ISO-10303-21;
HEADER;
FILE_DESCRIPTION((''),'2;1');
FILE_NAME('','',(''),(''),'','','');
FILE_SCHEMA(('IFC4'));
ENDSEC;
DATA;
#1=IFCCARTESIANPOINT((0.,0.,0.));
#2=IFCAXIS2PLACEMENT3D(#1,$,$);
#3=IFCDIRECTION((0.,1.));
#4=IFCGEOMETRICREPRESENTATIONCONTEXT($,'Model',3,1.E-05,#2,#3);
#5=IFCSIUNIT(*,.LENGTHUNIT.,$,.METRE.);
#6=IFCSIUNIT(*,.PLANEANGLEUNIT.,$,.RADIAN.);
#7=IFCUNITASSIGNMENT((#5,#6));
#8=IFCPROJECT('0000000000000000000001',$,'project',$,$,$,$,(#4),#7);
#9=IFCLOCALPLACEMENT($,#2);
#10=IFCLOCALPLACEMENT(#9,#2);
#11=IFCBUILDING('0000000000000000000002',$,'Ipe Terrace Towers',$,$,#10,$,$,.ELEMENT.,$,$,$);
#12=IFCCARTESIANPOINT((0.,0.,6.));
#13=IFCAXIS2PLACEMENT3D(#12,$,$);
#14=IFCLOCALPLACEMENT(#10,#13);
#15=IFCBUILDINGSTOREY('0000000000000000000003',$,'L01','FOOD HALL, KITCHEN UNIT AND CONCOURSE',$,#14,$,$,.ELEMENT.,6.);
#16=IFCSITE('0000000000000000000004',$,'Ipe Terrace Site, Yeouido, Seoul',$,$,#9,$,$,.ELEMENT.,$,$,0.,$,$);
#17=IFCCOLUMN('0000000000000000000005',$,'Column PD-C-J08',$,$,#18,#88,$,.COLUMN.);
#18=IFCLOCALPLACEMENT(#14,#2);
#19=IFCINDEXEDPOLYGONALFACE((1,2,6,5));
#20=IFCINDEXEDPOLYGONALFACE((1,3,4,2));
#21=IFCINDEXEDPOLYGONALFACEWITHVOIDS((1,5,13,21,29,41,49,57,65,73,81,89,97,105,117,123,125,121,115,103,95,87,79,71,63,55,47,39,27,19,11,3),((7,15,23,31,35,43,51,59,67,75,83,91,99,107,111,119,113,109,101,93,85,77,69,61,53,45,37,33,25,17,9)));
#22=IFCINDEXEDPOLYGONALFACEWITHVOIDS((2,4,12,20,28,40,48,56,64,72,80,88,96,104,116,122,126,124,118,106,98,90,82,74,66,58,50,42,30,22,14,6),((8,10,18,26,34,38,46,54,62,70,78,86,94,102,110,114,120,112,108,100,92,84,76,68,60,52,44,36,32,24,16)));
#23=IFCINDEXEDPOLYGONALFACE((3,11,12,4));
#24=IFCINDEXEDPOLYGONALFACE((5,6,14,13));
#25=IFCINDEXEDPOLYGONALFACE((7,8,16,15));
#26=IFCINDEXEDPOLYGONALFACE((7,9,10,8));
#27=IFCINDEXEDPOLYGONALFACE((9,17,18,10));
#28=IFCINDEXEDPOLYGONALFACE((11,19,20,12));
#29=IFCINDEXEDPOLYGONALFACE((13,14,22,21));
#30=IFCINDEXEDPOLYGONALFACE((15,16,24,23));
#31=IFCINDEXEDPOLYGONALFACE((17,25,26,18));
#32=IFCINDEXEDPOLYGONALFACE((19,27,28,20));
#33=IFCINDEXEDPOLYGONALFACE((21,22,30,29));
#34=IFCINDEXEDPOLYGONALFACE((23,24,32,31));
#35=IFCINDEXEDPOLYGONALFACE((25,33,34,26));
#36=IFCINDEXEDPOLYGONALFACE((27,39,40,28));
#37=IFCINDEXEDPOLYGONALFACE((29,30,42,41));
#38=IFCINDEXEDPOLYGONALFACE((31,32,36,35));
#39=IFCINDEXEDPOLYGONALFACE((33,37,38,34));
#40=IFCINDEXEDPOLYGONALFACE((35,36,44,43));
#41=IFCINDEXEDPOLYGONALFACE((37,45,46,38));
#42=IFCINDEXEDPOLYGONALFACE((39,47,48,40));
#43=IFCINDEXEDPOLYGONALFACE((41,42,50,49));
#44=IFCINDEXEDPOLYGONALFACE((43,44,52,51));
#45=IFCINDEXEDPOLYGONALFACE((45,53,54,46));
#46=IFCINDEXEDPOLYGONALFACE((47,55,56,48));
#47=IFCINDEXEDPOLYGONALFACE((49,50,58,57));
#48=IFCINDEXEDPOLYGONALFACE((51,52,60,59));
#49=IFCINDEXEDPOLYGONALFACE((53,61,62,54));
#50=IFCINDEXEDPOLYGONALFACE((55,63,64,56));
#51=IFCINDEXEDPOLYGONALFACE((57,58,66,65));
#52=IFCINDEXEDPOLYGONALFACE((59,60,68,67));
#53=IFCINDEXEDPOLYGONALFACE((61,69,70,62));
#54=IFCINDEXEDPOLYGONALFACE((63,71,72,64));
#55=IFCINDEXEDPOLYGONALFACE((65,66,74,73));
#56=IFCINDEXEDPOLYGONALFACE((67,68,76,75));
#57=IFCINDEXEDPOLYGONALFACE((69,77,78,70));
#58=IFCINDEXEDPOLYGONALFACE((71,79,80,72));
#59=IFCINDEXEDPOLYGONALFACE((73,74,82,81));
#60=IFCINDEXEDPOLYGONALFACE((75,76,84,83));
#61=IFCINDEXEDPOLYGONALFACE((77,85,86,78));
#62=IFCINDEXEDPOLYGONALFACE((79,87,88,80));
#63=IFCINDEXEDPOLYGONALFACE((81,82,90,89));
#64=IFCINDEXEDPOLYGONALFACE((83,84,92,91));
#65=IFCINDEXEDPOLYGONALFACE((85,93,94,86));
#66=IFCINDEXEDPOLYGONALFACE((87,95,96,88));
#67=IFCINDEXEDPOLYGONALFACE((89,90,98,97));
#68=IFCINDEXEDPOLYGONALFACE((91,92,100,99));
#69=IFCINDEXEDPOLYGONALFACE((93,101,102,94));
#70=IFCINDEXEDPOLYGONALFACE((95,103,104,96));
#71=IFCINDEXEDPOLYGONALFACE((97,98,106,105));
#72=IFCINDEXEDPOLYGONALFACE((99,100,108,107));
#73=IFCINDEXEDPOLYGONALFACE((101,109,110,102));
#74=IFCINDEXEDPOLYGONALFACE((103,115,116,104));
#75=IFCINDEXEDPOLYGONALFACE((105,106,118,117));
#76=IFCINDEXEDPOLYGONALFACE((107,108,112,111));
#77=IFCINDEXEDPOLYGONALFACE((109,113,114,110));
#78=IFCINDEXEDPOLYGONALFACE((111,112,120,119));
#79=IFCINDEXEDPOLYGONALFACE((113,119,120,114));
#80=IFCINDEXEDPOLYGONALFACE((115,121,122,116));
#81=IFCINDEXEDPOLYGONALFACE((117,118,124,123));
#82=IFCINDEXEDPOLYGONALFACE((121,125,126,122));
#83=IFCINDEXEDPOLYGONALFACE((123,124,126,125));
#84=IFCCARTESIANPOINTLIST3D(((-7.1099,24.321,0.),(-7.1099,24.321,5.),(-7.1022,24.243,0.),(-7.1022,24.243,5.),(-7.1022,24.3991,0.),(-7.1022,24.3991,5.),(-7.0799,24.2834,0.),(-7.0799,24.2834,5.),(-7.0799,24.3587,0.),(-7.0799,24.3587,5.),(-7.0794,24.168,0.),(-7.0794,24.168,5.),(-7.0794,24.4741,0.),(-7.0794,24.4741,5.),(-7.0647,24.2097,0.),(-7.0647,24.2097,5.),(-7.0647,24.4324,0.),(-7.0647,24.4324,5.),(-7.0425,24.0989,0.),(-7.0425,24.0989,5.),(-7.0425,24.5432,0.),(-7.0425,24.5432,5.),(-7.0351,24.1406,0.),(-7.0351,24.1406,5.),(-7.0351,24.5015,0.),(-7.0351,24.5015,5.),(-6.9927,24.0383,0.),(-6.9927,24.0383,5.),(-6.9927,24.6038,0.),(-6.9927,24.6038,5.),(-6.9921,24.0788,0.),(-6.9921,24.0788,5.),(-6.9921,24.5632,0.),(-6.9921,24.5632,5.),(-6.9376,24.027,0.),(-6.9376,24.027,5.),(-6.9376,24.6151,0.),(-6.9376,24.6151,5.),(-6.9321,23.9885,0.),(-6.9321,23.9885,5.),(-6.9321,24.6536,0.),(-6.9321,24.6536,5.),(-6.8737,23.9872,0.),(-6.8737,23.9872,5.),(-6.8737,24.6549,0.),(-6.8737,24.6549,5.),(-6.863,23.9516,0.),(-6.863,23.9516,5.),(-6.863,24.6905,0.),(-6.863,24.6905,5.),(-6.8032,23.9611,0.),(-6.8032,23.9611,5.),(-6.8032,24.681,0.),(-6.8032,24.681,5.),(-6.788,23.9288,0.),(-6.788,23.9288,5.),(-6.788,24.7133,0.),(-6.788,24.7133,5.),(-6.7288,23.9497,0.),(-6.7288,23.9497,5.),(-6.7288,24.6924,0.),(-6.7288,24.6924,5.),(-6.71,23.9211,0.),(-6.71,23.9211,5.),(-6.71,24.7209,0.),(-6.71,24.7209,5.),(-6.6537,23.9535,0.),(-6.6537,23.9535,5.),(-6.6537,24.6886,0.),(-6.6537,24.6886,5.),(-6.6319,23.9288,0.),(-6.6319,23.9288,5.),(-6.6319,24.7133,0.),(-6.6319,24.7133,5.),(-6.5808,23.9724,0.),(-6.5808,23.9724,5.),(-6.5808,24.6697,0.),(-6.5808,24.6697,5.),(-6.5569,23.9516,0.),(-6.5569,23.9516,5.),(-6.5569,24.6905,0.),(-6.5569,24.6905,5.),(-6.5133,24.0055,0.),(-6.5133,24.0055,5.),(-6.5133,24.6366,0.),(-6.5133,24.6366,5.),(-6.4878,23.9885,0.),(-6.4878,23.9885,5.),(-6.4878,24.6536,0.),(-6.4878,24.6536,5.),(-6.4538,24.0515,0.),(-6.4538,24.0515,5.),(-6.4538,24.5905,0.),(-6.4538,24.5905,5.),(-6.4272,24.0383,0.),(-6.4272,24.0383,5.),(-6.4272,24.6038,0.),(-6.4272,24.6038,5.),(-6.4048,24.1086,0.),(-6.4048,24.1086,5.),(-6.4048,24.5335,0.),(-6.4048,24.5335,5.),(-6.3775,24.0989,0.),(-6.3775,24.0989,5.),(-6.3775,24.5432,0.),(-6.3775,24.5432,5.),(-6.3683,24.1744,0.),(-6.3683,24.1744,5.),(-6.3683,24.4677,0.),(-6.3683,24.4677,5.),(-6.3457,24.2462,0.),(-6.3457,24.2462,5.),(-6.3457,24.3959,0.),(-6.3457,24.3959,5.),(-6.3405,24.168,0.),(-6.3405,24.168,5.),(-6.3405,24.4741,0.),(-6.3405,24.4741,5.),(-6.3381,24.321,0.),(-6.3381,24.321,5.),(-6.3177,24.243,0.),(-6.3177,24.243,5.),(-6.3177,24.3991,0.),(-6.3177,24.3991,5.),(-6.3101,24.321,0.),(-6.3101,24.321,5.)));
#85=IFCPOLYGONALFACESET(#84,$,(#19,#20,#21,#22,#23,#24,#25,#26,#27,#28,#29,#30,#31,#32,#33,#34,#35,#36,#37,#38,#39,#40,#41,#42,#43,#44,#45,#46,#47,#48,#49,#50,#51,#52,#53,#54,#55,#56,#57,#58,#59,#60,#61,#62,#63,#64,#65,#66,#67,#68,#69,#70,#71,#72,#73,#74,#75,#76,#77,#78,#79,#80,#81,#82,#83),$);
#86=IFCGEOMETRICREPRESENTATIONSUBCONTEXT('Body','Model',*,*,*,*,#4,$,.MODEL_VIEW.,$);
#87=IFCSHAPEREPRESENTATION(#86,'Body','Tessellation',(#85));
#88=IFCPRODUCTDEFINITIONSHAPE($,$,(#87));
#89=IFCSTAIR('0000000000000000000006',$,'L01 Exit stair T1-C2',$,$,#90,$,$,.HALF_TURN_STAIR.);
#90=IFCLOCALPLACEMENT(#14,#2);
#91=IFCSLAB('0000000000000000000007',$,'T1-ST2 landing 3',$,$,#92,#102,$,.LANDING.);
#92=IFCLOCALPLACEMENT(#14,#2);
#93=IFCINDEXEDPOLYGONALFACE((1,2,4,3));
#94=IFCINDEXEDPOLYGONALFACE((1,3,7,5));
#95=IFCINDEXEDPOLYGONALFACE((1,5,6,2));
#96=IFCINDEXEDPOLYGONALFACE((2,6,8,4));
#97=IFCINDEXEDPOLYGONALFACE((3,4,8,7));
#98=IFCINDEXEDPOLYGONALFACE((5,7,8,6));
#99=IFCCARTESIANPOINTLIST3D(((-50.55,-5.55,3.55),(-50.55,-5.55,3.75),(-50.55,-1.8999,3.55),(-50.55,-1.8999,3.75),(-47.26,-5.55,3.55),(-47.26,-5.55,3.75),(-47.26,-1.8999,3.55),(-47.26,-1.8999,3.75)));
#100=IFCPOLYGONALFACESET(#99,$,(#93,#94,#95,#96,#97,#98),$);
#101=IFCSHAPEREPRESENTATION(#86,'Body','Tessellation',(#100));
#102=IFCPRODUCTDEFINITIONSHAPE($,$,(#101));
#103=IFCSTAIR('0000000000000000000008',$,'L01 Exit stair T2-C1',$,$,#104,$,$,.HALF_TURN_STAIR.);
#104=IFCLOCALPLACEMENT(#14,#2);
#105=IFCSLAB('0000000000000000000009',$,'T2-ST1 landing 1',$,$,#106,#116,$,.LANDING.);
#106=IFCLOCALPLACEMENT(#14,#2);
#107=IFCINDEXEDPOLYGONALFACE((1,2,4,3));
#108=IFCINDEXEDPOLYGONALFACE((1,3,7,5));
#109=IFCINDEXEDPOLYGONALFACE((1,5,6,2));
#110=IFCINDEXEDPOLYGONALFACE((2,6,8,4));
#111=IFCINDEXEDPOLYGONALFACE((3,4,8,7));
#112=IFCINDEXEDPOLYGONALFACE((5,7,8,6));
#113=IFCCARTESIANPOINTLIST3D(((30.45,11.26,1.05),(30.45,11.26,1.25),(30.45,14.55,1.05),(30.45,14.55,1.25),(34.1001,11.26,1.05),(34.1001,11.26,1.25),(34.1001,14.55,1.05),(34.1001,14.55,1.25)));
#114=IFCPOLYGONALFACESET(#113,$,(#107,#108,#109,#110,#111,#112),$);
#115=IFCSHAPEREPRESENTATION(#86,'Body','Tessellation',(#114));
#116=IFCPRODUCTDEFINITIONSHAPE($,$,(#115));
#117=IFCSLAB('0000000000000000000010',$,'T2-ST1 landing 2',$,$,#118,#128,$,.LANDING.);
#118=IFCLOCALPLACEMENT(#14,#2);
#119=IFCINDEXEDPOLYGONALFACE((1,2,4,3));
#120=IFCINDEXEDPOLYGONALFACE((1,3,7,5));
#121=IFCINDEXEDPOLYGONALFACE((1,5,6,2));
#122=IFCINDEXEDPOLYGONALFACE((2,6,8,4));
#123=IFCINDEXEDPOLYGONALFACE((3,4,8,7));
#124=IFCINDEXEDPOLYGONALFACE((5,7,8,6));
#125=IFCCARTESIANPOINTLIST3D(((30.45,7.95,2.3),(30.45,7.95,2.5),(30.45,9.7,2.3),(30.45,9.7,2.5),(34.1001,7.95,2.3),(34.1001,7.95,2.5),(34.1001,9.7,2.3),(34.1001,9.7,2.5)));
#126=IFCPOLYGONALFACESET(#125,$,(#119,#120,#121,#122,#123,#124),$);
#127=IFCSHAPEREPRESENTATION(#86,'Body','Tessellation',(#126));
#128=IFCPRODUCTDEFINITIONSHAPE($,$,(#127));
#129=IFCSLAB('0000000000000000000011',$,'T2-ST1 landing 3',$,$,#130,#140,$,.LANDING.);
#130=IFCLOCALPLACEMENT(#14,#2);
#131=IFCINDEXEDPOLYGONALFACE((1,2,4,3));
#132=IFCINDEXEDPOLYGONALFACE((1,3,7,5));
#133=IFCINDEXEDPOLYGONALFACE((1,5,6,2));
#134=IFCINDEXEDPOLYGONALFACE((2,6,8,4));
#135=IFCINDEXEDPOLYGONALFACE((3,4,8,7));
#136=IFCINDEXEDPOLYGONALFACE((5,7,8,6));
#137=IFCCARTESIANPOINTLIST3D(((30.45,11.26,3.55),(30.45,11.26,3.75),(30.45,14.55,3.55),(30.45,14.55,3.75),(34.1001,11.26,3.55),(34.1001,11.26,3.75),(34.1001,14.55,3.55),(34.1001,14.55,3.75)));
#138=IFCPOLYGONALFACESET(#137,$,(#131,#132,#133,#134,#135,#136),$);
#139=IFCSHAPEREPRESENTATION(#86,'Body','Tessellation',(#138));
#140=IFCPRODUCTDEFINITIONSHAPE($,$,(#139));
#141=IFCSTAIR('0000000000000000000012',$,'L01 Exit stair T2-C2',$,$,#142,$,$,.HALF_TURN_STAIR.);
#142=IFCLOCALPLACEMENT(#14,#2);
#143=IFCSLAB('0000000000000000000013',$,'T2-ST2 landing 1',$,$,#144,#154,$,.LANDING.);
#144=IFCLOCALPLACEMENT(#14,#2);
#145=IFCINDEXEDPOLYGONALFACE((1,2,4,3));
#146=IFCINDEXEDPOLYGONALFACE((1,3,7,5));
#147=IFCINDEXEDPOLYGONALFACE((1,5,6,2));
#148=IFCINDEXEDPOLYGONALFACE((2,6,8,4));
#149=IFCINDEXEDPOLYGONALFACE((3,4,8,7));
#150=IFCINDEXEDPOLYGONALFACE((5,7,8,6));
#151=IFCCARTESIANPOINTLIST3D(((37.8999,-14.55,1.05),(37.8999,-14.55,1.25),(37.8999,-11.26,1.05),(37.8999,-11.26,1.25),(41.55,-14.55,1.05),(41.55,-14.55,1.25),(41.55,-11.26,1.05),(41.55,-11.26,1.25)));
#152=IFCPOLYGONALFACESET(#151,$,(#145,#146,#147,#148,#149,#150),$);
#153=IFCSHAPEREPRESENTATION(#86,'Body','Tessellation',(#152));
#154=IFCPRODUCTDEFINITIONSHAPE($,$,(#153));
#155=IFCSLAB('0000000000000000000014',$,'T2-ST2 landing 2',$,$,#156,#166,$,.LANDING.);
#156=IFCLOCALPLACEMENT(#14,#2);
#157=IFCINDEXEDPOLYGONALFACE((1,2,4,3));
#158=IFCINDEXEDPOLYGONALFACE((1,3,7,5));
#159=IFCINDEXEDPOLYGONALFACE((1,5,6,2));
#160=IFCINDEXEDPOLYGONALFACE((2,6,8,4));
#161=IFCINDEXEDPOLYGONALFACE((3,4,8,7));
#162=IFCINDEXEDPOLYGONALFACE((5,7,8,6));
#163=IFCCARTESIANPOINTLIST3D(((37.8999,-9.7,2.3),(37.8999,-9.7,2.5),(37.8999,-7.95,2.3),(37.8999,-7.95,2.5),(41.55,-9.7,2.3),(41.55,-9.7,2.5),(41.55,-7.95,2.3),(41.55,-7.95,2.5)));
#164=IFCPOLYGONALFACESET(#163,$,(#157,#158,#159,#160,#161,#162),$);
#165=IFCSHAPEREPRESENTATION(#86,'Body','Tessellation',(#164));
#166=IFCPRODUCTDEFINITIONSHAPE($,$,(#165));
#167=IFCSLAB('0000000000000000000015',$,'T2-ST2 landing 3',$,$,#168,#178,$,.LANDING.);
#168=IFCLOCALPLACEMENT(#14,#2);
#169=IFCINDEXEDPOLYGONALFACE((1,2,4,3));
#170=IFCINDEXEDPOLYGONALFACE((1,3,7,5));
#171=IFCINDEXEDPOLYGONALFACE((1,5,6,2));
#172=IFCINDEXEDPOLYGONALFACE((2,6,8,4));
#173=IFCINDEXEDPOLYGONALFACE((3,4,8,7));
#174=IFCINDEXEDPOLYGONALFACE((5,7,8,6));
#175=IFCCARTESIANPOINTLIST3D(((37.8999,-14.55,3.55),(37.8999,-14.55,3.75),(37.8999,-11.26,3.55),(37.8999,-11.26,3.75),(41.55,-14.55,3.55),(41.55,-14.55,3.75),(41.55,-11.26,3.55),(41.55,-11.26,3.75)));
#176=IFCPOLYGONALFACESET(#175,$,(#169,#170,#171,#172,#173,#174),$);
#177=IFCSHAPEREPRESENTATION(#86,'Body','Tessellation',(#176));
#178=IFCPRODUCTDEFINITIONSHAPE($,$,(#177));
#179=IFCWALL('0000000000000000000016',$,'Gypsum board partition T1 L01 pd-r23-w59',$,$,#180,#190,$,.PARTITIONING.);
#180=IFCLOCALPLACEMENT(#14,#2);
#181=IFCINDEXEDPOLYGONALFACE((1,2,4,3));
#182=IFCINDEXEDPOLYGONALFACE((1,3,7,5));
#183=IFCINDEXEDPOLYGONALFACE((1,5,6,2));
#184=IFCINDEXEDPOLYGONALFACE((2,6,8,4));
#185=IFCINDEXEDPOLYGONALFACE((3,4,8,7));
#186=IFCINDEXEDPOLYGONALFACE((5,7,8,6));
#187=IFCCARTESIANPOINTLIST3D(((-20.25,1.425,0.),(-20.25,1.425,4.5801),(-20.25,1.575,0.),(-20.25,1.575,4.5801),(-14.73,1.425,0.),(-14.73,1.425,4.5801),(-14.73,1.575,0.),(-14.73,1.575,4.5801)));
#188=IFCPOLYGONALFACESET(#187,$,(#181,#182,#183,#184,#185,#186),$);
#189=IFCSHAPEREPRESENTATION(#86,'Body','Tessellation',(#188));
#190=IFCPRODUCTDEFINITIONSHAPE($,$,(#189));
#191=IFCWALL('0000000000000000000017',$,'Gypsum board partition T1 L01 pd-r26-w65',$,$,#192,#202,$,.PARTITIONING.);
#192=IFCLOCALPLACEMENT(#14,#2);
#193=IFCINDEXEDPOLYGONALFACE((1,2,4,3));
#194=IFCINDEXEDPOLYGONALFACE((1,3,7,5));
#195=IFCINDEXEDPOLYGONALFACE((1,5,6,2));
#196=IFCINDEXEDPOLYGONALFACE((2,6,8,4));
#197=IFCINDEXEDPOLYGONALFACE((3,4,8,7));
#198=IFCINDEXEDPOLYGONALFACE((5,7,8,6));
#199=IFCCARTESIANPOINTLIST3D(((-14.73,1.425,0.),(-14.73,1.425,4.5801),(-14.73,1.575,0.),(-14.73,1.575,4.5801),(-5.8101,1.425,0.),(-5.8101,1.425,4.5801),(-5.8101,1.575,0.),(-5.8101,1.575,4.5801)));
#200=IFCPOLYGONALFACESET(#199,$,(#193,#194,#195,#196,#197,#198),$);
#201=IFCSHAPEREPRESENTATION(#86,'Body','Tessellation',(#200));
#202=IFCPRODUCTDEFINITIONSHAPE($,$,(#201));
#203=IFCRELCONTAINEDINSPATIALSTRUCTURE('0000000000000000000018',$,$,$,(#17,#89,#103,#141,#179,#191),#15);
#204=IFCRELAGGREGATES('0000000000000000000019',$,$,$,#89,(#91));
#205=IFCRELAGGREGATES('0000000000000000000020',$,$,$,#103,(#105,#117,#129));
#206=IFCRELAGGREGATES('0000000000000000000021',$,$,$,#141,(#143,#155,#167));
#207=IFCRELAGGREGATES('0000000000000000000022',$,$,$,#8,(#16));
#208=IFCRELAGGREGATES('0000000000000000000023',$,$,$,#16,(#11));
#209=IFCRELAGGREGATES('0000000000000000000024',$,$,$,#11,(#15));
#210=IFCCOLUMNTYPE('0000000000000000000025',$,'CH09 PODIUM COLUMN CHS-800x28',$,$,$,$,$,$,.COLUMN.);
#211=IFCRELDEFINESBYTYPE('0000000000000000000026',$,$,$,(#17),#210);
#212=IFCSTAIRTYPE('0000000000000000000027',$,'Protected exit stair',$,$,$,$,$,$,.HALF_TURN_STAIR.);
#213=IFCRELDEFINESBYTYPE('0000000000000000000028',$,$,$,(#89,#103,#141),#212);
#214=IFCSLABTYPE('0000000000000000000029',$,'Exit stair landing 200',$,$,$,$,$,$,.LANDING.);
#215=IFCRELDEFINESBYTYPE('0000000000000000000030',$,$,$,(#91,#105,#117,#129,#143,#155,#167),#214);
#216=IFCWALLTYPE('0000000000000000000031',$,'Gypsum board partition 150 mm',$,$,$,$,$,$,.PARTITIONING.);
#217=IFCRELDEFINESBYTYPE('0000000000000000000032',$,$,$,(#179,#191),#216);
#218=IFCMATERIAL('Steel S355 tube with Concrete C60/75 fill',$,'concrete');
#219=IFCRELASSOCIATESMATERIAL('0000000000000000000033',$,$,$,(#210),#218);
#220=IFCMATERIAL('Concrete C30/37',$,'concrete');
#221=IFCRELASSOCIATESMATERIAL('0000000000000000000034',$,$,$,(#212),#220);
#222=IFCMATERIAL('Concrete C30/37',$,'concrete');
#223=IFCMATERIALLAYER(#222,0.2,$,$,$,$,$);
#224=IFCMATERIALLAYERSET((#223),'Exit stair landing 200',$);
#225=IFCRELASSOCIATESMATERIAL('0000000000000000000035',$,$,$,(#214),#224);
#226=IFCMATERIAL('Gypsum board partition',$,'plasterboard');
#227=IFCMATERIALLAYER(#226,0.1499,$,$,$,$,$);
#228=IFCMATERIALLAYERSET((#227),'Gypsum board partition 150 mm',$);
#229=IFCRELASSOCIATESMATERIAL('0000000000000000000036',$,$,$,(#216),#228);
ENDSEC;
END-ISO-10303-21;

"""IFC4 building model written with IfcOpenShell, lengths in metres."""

from ifc_helpers import new_model, si_unit, direction, frame, frame_2d, origin, origin_2d, place, context, subcontext, project, spatial, polyline, rectangle, hollow_circle, outline, extrude, material, layer, layer_set, material_profile, profile_set, type_object, element, aggregate, save


model = new_model("IFC4")

# Units and contexts
model_context = context("Model", 3, precision=1e-05, world=origin(), true_north=direction((0.0, 1.0)))
body_context = subcontext(model_context, "Body", "Model", "MODEL_VIEW")
ifc_project = project(units=[si_unit("LENGTHUNIT", "METRE"), si_unit("PLANEANGLEUNIT", "RADIAN")], contexts=[model_context])

# Site, building, storey
site_placement = place(None, origin())
site = spatial("IfcSite", under=ifc_project, at=site_placement, Name="Ipe Terrace Site, Yeouido, Seoul", CompositionType="ELEMENT", RefElevation=0.0)
building_placement = place(site_placement, origin())
building = spatial("IfcBuilding", under=site, at=building_placement, Name="Ipe Terrace Towers", CompositionType="ELEMENT")
storey_placement = place(building_placement, frame((0.0, 0.0, 6.0)))
storey = spatial("IfcBuildingStorey", under=building, at=storey_placement, Name="L01", Description="FOOD HALL, KITCHEN UNIT AND CONCOURSE", CompositionType="ELEMENT", Elevation=6.0)

# Column
ifc_material_1 = material(Name="Steel S355 tube with Concrete C60/75 fill", Category="concrete")
ifc_material_profile_1 = material_profile(ifc_material_1, hollow_circle(Radius=0.3999, WallThickness=0.0281, at=origin_2d()), Name="CHS-800x28")
ifc_profile_set_1 = profile_set([ifc_material_profile_1], Name="Steel S355 tube with Concrete C60/75 fill")
column_type_1 = type_object("IfcColumnType", Name="CH09 PODIUM COLUMN CHS-800x28", PredefinedType="COLUMN", material=ifc_profile_set_1)
for number, where, z_axis, x_axis, name in (
    (1, (-6.71, 24.321, 0.0), (0.0, 0.0, 1.0), (1.0, 0.0, 0.0), "Column PD-C-J08"),
):
    element("IfcColumn", number, at=place(storey_placement, frame(where, z_axis=z_axis, x_axis=x_axis)), inside=storey, type_object=column_type_1, Name=name, PredefinedType="COLUMN", context=body_context, shape_type="SweptSolid", body=[
        extrude(hollow_circle(Radius=0.3999, WallThickness=0.0281, at=origin_2d()), origin(), (0.0, 0.0, 1.0), 5.0),
    ])

# Stair, slab
ifc_material_2 = material(Name="Concrete C30/37", Category="concrete")
stair_type = type_object("IfcStairType", Name="Protected exit stair", PredefinedType="HALF_TURN_STAIR", material=ifc_material_2)
stair_1_placement = place(storey_placement, origin())
stair_1 = element("IfcStair", 2, at=stair_1_placement, inside=storey, type_object=stair_type, Name="L01 Exit stair T1-C2", PredefinedType="HALF_TURN_STAIR")
ifc_material_3 = material(Name="Concrete C30/37", Category="concrete")
ifc_layer_1 = layer(ifc_material_3, 0.2)
ifc_layer_set_1 = layer_set([ifc_layer_1], Name="Exit stair landing 200")
slab_type = type_object("IfcSlabType", Name="Exit stair landing 200", PredefinedType="LANDING", material=ifc_layer_set_1)
slab_1_placement = place(storey_placement, frame((0.0, 0.0, 3.55)))
slab_1 = element("IfcSlab", 3, at=slab_1_placement, type_object=slab_type, Name="T1-ST2 landing 3", PredefinedType="LANDING", context=body_context, shape_type="SweptSolid", body=[
    extrude(outline(polyline([(-47.26, -1.8999), (-50.55, -1.8999), (-50.55, -5.55), (-47.26, -5.55), (-47.26, -1.8999)])), origin(), (0.0, 0.0, 1.0), 0.2),
])
aggregate(stair_1, [slab_1])

# Stairs, slabs
stair_2_placement = place(storey_placement, origin())
stair_2 = element("IfcStair", 4, at=stair_2_placement, inside=storey, type_object=stair_type, Name="L01 Exit stair T2-C1", PredefinedType="HALF_TURN_STAIR")
slab_2_placement = place(storey_placement, frame((0.0, 0.0, 1.05)))
slab_2 = element("IfcSlab", 5, at=slab_2_placement, type_object=slab_type, Name="T2-ST1 landing 1", PredefinedType="LANDING", context=body_context, shape_type="SweptSolid", body=[
    extrude(outline(polyline([(34.1001, 11.26), (34.1001, 14.55), (30.45, 14.55), (30.45, 11.26), (34.1001, 11.26)])), origin(), (0.0, 0.0, 1.0), 0.2),
])
slab_3_placement = place(storey_placement, frame((0.0, 0.0, 2.3)))
slab_3 = element("IfcSlab", 6, at=slab_3_placement, type_object=slab_type, Name="T2-ST1 landing 2", PredefinedType="LANDING", context=body_context, shape_type="SweptSolid", body=[
    extrude(outline(polyline([(34.1001, 7.95), (34.1001, 9.7), (30.45, 9.7), (30.45, 7.95), (34.1001, 7.95)])), origin(), (0.0, 0.0, 1.0), 0.2),
])
slab_4_placement = place(storey_placement, frame((0.0, 0.0, 3.55)))
slab_4 = element("IfcSlab", 7, at=slab_4_placement, type_object=slab_type, Name="T2-ST1 landing 3", PredefinedType="LANDING", context=body_context, shape_type="SweptSolid", body=[
    extrude(outline(polyline([(34.1001, 11.26), (34.1001, 14.55), (30.45, 14.55), (30.45, 11.26), (34.1001, 11.26)])), origin(), (0.0, 0.0, 1.0), 0.2),
])
aggregate(stair_2, [slab_2, slab_3, slab_4])
stair_3_placement = place(storey_placement, origin())
stair_3 = element("IfcStair", 8, at=stair_3_placement, inside=storey, type_object=stair_type, Name="L01 Exit stair T2-C2", PredefinedType="HALF_TURN_STAIR")
slab_5_placement = place(storey_placement, frame((0.0, 0.0, 1.05)))
slab_5 = element("IfcSlab", 9, at=slab_5_placement, type_object=slab_type, Name="T2-ST2 landing 1", PredefinedType="LANDING", context=body_context, shape_type="SweptSolid", body=[
    extrude(outline(polyline([(37.8999, -11.26), (37.8999, -14.55), (41.55, -14.55), (41.55, -11.26), (37.8999, -11.26)])), origin(), (0.0, 0.0, 1.0), 0.2),
])
slab_6_placement = place(storey_placement, frame((0.0, 0.0, 2.3)))
slab_6 = element("IfcSlab", 10, at=slab_6_placement, type_object=slab_type, Name="T2-ST2 landing 2", PredefinedType="LANDING", context=body_context, shape_type="SweptSolid", body=[
    extrude(outline(polyline([(37.8999, -7.95), (37.8999, -9.7), (41.55, -9.7), (41.55, -7.95), (37.8999, -7.95)])), origin(), (0.0, 0.0, 1.0), 0.2),
])
slab_7_placement = place(storey_placement, frame((0.0, 0.0, 3.55)))
slab_7 = element("IfcSlab", 11, at=slab_7_placement, type_object=slab_type, Name="T2-ST2 landing 3", PredefinedType="LANDING", context=body_context, shape_type="SweptSolid", body=[
    extrude(outline(polyline([(37.8999, -11.26), (37.8999, -14.55), (41.55, -14.55), (41.55, -11.26), (37.8999, -11.26)])), origin(), (0.0, 0.0, 1.0), 0.2),
])
aggregate(stair_3, [slab_5, slab_6, slab_7])

# Walls
ifc_material_4 = material(Name="Gypsum board partition", Category="plasterboard")
ifc_layer_2 = layer(ifc_material_4, 0.1499)
ifc_layer_set_2 = layer_set([ifc_layer_2], Name="Gypsum board partition 150 mm")
wall_type_1 = type_object("IfcWallType", Name="Gypsum board partition 150 mm", PredefinedType="PARTITIONING", material=ifc_layer_set_2)
wall_1_placement = place(storey_placement, frame((-14.73, 1.5, 0.0), z_axis=(0.0, 0.0, 1.0), x_axis=(-1.0, 0.0, 0.0)))
element("IfcWall", 12, at=wall_1_placement, inside=storey, type_object=wall_type_1, Name="Gypsum board partition T1 L01 pd-r23-w59", PredefinedType="PARTITIONING", context=body_context, shape_type="SweptSolid", body=[
    extrude(rectangle(XDim=5.52, YDim=0.1499, at=frame_2d((2.76, 0.0))), origin(), (0.0, 0.0, 1.0), 4.5801),
])
wall_2_placement = place(storey_placement, frame((-5.8101, 1.5, 0.0), z_axis=(0.0, 0.0, 1.0), x_axis=(-1.0, 0.0, 0.0)))
element("IfcWall", 13, at=wall_2_placement, inside=storey, type_object=wall_type_1, Name="Gypsum board partition T1 L01 pd-r26-w65", PredefinedType="PARTITIONING", context=body_context, shape_type="SweptSolid", body=[
    extrude(rectangle(XDim=8.9199, YDim=0.1499, at=frame_2d((4.46, 0.0))), origin(), (0.0, 0.0, 1.0), 4.5801),
])

save(model, "model.ifc")
